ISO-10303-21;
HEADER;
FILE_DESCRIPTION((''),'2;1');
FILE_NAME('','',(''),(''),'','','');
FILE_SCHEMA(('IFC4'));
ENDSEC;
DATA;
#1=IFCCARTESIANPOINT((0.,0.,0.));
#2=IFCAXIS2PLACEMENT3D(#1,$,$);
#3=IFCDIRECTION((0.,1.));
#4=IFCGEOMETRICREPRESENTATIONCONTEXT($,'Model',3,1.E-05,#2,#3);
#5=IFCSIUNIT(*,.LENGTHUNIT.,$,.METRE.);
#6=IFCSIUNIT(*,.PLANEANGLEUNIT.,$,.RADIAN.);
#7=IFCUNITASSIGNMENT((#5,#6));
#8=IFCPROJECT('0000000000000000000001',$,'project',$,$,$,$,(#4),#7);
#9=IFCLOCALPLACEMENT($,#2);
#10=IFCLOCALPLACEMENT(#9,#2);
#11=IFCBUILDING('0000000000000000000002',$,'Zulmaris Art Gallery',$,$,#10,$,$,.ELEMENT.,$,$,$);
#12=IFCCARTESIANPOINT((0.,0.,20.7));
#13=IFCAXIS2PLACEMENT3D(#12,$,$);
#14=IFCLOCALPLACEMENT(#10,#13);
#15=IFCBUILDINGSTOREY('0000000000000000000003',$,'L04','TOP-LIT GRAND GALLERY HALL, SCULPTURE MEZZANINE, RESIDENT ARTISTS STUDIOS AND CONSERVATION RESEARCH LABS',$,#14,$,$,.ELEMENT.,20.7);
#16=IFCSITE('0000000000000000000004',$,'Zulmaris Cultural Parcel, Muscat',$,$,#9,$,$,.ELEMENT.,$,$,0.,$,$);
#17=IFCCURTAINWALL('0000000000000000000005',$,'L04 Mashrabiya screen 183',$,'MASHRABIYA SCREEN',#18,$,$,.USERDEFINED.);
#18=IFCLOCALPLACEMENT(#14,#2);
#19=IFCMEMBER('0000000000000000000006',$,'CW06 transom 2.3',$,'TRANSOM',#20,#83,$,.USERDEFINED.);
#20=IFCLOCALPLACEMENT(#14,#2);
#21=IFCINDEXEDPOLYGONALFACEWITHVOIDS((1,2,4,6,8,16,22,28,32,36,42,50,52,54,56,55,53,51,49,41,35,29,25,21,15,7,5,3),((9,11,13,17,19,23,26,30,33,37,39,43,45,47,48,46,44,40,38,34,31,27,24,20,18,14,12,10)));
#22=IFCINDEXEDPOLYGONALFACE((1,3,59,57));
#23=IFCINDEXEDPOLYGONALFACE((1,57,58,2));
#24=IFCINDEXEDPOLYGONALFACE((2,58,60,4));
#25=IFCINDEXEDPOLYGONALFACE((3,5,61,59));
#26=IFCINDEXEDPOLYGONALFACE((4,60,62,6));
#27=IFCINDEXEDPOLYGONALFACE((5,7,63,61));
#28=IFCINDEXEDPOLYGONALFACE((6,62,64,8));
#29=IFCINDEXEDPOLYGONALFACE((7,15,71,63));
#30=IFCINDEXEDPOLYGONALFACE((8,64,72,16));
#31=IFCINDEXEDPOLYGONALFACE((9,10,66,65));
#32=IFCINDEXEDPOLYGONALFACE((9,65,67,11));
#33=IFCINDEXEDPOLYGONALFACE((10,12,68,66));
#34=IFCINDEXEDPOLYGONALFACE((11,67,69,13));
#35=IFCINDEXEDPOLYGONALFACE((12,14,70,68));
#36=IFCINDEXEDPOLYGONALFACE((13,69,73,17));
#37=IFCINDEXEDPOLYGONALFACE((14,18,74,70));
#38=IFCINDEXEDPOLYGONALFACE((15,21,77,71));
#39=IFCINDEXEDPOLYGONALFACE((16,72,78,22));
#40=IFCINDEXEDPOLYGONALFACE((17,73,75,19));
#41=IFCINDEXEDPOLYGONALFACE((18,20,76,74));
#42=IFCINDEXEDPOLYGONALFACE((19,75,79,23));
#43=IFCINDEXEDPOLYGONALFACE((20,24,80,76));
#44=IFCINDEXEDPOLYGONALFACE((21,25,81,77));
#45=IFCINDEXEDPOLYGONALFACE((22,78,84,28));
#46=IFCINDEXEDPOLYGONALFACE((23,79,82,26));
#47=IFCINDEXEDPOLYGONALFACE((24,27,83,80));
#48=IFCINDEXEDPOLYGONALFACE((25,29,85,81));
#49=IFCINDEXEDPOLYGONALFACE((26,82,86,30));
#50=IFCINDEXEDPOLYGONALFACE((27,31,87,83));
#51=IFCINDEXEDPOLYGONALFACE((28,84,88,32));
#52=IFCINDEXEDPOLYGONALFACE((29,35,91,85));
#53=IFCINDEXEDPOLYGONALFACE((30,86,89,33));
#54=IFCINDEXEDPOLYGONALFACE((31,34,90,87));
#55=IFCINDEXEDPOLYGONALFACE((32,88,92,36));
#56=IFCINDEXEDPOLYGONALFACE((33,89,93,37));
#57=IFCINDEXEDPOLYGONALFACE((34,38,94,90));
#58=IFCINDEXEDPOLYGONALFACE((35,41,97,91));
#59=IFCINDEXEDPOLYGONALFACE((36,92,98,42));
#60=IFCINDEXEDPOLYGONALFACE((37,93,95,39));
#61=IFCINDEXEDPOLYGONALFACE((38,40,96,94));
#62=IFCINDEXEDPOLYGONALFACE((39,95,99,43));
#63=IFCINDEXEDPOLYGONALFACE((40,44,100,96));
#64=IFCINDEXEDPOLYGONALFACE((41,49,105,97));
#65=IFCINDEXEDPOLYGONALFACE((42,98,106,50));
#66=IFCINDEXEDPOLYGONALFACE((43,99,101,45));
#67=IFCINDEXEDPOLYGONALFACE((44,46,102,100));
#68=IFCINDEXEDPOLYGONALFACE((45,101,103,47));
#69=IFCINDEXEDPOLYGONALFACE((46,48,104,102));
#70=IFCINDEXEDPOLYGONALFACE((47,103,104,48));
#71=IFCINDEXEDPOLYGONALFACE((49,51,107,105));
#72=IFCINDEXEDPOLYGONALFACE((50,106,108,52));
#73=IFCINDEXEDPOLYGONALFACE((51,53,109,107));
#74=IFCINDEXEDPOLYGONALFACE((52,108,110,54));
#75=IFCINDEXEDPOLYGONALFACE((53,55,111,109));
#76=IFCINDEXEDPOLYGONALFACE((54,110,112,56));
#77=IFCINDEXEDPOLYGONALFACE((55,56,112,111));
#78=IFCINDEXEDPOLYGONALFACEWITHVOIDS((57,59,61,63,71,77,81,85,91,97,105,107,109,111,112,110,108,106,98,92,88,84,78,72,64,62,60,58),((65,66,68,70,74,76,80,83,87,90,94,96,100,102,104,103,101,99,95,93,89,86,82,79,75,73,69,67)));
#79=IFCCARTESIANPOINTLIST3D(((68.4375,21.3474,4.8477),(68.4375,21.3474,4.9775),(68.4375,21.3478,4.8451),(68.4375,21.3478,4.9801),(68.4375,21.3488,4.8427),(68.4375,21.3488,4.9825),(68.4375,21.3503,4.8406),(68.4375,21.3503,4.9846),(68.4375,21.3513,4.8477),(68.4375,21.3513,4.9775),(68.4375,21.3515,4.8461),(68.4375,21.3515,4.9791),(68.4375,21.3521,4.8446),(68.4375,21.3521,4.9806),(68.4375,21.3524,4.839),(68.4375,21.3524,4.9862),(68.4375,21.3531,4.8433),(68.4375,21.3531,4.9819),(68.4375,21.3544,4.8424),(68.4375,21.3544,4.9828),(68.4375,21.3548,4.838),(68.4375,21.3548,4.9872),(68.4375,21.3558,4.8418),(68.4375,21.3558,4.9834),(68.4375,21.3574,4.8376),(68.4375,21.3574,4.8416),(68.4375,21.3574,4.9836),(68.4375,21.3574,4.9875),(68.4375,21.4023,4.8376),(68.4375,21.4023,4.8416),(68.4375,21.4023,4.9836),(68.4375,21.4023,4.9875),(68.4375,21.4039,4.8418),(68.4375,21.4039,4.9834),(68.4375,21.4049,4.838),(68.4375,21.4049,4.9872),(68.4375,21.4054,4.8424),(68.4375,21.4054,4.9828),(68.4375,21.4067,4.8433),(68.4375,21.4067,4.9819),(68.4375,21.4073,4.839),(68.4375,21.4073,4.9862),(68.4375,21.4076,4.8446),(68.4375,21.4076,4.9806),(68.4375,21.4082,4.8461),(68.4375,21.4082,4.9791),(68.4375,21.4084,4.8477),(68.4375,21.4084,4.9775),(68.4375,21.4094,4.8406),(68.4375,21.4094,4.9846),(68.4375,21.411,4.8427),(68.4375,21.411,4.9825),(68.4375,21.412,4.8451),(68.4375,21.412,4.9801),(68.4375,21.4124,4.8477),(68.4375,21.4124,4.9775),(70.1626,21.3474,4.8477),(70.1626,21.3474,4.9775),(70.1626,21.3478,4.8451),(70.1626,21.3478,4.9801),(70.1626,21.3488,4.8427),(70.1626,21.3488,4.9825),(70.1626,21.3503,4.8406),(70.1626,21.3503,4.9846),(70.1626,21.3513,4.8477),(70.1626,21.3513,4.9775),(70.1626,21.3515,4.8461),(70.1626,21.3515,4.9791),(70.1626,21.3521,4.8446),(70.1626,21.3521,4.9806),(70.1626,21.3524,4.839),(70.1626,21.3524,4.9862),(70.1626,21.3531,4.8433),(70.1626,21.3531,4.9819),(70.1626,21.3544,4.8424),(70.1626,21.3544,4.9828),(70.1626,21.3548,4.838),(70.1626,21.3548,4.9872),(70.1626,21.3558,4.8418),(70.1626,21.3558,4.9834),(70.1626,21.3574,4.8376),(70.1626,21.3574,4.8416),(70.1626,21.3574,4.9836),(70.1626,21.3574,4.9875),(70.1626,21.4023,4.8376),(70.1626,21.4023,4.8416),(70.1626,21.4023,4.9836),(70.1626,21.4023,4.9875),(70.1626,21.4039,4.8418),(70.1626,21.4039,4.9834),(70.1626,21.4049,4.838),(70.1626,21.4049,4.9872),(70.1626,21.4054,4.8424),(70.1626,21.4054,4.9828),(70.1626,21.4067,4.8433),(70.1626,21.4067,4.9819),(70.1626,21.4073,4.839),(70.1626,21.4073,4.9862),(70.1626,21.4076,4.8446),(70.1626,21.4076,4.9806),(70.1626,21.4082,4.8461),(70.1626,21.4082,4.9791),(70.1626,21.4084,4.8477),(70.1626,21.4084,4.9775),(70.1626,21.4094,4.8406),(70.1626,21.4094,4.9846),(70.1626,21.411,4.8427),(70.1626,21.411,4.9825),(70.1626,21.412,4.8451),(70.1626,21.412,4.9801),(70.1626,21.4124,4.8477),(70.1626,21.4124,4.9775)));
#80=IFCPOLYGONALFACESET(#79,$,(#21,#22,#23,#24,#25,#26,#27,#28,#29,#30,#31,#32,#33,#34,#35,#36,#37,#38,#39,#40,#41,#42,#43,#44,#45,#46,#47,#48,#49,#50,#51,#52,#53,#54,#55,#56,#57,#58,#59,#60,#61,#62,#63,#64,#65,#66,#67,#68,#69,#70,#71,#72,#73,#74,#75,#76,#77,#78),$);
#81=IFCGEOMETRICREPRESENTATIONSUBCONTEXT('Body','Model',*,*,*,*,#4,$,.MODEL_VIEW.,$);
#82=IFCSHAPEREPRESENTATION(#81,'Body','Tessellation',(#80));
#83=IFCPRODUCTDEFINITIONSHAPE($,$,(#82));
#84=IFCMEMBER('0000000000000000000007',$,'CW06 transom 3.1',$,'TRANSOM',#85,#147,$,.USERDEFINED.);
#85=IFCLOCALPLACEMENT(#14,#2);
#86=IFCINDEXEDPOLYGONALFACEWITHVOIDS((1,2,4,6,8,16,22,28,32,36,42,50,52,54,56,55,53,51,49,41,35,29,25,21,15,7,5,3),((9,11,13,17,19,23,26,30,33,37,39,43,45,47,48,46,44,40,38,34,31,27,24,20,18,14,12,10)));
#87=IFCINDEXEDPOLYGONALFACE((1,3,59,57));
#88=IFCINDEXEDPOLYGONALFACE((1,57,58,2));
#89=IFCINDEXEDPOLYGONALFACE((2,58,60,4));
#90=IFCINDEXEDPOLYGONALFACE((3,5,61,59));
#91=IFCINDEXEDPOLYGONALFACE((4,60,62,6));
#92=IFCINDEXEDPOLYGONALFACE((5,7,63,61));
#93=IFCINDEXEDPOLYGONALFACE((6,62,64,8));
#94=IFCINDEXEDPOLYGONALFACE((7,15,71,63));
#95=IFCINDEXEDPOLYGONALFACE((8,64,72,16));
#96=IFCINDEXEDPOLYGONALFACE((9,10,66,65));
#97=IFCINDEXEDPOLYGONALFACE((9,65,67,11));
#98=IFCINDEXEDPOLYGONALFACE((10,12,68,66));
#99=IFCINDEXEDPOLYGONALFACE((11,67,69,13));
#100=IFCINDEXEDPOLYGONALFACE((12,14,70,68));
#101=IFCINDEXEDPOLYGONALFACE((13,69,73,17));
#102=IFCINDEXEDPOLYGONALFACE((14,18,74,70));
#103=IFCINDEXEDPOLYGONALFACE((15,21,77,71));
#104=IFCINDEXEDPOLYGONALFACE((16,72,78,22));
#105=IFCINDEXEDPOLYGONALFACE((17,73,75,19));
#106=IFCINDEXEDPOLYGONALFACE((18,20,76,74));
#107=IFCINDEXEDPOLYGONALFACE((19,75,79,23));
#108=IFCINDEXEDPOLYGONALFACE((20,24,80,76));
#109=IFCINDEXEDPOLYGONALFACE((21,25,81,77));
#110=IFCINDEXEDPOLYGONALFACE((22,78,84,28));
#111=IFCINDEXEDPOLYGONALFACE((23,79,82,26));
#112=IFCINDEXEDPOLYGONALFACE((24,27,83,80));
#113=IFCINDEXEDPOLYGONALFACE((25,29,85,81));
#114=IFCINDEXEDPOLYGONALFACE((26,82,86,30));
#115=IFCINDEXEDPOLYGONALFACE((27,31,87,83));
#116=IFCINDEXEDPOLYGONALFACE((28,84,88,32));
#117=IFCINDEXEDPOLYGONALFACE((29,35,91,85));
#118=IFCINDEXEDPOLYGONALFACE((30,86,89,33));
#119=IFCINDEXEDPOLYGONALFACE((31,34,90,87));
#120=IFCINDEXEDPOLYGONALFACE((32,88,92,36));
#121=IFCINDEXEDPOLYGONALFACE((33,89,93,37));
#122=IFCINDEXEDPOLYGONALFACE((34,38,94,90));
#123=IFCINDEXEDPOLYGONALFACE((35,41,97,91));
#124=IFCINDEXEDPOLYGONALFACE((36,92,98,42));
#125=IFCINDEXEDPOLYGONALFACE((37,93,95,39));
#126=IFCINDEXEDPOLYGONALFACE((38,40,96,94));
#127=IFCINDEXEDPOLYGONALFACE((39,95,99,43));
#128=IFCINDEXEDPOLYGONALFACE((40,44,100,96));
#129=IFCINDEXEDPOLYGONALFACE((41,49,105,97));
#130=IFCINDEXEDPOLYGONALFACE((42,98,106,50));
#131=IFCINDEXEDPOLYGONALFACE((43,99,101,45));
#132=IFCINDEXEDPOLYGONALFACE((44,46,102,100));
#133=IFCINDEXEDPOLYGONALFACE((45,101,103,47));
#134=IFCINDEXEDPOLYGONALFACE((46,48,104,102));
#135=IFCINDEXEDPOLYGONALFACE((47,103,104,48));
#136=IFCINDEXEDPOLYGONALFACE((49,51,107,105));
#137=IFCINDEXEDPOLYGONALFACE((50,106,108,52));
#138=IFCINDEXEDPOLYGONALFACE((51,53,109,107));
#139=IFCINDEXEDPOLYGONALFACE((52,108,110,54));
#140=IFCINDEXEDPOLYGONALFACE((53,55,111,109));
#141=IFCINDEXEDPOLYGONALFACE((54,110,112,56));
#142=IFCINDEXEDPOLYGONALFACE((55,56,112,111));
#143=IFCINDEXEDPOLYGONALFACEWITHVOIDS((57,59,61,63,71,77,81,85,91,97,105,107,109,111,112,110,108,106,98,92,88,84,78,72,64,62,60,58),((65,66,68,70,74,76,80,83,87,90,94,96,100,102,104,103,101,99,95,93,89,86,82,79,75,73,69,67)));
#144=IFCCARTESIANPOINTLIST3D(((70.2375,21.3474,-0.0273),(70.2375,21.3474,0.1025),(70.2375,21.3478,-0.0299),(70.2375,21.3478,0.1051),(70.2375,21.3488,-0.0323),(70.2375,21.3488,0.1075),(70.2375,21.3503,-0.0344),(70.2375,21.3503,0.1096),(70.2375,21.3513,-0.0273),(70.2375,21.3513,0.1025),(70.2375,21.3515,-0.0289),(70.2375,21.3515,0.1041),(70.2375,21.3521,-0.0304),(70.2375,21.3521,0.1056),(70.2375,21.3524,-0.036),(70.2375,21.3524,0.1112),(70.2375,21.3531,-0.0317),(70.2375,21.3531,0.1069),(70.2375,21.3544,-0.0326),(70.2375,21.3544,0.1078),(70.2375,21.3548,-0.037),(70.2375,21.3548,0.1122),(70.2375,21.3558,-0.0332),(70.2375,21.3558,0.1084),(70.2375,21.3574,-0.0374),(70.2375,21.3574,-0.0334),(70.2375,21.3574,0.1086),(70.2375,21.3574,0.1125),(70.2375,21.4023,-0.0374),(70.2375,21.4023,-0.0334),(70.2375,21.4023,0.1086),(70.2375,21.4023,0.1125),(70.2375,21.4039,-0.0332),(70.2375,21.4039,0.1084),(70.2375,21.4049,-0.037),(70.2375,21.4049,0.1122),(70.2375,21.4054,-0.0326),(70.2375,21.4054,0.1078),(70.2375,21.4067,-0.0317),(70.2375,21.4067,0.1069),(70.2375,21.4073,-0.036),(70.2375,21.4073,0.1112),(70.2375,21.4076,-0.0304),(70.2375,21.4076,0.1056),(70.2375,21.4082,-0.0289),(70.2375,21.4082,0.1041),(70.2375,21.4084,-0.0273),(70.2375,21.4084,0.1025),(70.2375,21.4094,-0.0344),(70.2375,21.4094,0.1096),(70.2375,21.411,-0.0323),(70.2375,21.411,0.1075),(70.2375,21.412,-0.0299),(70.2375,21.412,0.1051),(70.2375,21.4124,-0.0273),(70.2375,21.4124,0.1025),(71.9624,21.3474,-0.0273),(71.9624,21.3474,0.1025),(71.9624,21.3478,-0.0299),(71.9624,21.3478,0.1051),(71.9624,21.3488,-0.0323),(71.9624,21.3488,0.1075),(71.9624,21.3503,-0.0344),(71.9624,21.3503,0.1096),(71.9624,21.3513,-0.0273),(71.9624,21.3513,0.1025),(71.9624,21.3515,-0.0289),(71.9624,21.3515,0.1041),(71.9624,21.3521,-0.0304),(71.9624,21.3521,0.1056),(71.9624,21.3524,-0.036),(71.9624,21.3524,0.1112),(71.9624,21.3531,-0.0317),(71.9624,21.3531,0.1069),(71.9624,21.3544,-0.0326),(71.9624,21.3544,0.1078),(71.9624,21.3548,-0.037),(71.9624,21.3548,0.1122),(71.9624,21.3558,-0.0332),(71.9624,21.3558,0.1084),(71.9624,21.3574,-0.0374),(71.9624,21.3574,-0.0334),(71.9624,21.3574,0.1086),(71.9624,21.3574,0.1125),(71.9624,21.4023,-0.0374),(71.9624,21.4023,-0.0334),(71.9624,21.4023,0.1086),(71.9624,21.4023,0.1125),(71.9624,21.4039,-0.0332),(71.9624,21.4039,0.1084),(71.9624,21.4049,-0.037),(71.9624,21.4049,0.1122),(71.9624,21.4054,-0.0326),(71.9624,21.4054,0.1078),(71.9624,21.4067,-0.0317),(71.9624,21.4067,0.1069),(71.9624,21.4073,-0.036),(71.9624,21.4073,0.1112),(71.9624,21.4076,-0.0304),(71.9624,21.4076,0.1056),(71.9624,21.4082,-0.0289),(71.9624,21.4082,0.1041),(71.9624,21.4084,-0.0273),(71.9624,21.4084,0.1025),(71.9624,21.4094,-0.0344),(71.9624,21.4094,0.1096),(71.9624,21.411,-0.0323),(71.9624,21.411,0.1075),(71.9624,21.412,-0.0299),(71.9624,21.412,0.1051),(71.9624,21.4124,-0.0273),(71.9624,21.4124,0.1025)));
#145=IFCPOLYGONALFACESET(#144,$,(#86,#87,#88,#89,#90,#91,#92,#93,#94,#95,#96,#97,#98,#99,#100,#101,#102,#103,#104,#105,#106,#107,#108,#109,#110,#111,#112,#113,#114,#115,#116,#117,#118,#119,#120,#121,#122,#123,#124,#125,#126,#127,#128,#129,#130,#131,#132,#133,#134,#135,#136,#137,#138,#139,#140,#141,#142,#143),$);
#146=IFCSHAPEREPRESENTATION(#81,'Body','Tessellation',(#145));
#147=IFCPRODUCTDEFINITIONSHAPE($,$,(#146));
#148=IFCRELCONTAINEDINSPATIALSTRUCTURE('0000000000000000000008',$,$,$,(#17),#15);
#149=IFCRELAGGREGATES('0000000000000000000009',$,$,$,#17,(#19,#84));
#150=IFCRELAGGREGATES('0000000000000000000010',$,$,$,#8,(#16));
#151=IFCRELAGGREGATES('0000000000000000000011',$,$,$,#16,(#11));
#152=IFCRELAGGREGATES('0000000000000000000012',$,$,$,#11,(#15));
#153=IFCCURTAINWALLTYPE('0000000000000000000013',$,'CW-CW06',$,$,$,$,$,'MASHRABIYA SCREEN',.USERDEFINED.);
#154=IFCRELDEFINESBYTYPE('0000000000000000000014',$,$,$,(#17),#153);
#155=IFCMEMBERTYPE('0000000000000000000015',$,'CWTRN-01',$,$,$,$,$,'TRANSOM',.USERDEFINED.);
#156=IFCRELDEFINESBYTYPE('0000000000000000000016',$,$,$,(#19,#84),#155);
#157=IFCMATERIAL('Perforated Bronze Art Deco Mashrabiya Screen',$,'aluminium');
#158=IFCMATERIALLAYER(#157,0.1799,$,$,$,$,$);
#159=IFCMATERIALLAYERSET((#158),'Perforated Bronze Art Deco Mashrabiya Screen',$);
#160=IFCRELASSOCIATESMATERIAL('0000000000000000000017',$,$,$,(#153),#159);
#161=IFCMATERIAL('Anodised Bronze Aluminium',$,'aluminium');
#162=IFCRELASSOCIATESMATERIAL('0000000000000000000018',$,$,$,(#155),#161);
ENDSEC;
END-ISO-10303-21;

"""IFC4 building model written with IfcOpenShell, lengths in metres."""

from ifc_helpers import new_model, si_unit, direction, frame, origin, origin_2d, place, context, subcontext, project, spatial, hollow_rectangle, extrude, material, layer, layer_set, material_profile, profile_set, type_object, element, aggregate, save


model = new_model("IFC4")

# Units and contexts
model_context = context("Model", 3, precision=1e-05, world=origin(), true_north=direction((0.0, 1.0)))
body_context = subcontext(model_context, "Body", "Model", "MODEL_VIEW")
ifc_project = project(units=[si_unit("LENGTHUNIT", "METRE"), si_unit("PLANEANGLEUNIT", "RADIAN")], contexts=[model_context])

# Site, building, storey
site_placement = place(None, origin())
site = spatial("IfcSite", under=ifc_project, at=site_placement, Name="Zulmaris Cultural Parcel, Muscat", CompositionType="ELEMENT", RefElevation=0.0)
building_placement = place(site_placement, origin())
building = spatial("IfcBuilding", under=site, at=building_placement, Name="Zulmaris Art Gallery", CompositionType="ELEMENT")
storey_placement = place(building_placement, frame((0.0, 0.0, 20.7)))
storey = spatial("IfcBuildingStorey", under=building, at=storey_placement, Name="L04", Description="TOP-LIT GRAND GALLERY HALL, SCULPTURE MEZZANINE, RESIDENT ARTISTS STUDIOS AND CONSERVATION RESEARCH LABS", CompositionType="ELEMENT", Elevation=20.7)

# Curtain wall, members
ifc_material_1 = material(Name="Perforated Bronze Art Deco Mashrabiya Screen", Category="aluminium")
ifc_layer_1 = layer(ifc_material_1, 0.1799)
ifc_layer_set_1 = layer_set([ifc_layer_1], Name="Perforated Bronze Art Deco Mashrabiya Screen")
curtain_wall_type = type_object("IfcCurtainWallType", Name="CW-CW06", ElementType="MASHRABIYA SCREEN", PredefinedType="USERDEFINED", material=ifc_layer_set_1)
curtain_wall_placement = place(storey_placement, origin())
curtain_wall = element("IfcCurtainWall", 1, at=curtain_wall_placement, inside=storey, type_object=curtain_wall_type, Name="L04 Mashrabiya screen 183", ObjectType="MASHRABIYA SCREEN", PredefinedType="USERDEFINED")
ifc_material_2 = material(Name="Anodised Bronze Aluminium", Category="aluminium")
ifc_material_profile_1 = material_profile(ifc_material_2, hollow_rectangle(XDim=0.0649, YDim=0.1499, WallThickness=0.0039, InnerFilletRadius=0.0061, OuterFilletRadius=0.01, at=origin_2d()), Name="ALU 65x150x4")
ifc_profile_set_1 = profile_set([ifc_material_profile_1], Name="Anodised Bronze Aluminium")
member_type_1 = type_object("IfcMemberType", Name="CWTRN-01", ElementType="TRANSOM", PredefinedType="USERDEFINED", material=ifc_profile_set_1)
member_1_placement = place(storey_placement, frame((68.4375, 21.3799, 4.9126), z_axis=(1.0, 0.0, 0.0), x_axis=(0.0, 1.0, 0.0)))
member_1 = element("IfcMember", 2, at=member_1_placement, type_object=member_type_1, Name="CW06 transom 2.3", ObjectType="TRANSOM", PredefinedType="USERDEFINED", context=body_context, shape_type="SweptSolid", body=[
    extrude(hollow_rectangle(XDim=0.0649, YDim=0.1499, WallThickness=0.0039, InnerFilletRadius=0.0061, OuterFilletRadius=0.01, at=origin_2d()), origin(), (0.0, 0.0, 1.0), 1.7251),
])
member_2_placement = place(storey_placement, frame((70.2375, 21.3799, 0.0376), z_axis=(1.0, 0.0, 0.0), x_axis=(0.0, 1.0, 0.0)))
member_2 = element("IfcMember", 3, at=member_2_placement, type_object=member_type_1, Name="CW06 transom 3.1", ObjectType="TRANSOM", PredefinedType="USERDEFINED", context=body_context, shape_type="SweptSolid", body=[
    extrude(hollow_rectangle(XDim=0.0649, YDim=0.1499, WallThickness=0.0039, InnerFilletRadius=0.0061, OuterFilletRadius=0.01, at=origin_2d()), origin(), (0.0, 0.0, 1.0), 1.7249),
])
aggregate(curtain_wall, [member_1, member_2])

save(model, "model.ifc")
